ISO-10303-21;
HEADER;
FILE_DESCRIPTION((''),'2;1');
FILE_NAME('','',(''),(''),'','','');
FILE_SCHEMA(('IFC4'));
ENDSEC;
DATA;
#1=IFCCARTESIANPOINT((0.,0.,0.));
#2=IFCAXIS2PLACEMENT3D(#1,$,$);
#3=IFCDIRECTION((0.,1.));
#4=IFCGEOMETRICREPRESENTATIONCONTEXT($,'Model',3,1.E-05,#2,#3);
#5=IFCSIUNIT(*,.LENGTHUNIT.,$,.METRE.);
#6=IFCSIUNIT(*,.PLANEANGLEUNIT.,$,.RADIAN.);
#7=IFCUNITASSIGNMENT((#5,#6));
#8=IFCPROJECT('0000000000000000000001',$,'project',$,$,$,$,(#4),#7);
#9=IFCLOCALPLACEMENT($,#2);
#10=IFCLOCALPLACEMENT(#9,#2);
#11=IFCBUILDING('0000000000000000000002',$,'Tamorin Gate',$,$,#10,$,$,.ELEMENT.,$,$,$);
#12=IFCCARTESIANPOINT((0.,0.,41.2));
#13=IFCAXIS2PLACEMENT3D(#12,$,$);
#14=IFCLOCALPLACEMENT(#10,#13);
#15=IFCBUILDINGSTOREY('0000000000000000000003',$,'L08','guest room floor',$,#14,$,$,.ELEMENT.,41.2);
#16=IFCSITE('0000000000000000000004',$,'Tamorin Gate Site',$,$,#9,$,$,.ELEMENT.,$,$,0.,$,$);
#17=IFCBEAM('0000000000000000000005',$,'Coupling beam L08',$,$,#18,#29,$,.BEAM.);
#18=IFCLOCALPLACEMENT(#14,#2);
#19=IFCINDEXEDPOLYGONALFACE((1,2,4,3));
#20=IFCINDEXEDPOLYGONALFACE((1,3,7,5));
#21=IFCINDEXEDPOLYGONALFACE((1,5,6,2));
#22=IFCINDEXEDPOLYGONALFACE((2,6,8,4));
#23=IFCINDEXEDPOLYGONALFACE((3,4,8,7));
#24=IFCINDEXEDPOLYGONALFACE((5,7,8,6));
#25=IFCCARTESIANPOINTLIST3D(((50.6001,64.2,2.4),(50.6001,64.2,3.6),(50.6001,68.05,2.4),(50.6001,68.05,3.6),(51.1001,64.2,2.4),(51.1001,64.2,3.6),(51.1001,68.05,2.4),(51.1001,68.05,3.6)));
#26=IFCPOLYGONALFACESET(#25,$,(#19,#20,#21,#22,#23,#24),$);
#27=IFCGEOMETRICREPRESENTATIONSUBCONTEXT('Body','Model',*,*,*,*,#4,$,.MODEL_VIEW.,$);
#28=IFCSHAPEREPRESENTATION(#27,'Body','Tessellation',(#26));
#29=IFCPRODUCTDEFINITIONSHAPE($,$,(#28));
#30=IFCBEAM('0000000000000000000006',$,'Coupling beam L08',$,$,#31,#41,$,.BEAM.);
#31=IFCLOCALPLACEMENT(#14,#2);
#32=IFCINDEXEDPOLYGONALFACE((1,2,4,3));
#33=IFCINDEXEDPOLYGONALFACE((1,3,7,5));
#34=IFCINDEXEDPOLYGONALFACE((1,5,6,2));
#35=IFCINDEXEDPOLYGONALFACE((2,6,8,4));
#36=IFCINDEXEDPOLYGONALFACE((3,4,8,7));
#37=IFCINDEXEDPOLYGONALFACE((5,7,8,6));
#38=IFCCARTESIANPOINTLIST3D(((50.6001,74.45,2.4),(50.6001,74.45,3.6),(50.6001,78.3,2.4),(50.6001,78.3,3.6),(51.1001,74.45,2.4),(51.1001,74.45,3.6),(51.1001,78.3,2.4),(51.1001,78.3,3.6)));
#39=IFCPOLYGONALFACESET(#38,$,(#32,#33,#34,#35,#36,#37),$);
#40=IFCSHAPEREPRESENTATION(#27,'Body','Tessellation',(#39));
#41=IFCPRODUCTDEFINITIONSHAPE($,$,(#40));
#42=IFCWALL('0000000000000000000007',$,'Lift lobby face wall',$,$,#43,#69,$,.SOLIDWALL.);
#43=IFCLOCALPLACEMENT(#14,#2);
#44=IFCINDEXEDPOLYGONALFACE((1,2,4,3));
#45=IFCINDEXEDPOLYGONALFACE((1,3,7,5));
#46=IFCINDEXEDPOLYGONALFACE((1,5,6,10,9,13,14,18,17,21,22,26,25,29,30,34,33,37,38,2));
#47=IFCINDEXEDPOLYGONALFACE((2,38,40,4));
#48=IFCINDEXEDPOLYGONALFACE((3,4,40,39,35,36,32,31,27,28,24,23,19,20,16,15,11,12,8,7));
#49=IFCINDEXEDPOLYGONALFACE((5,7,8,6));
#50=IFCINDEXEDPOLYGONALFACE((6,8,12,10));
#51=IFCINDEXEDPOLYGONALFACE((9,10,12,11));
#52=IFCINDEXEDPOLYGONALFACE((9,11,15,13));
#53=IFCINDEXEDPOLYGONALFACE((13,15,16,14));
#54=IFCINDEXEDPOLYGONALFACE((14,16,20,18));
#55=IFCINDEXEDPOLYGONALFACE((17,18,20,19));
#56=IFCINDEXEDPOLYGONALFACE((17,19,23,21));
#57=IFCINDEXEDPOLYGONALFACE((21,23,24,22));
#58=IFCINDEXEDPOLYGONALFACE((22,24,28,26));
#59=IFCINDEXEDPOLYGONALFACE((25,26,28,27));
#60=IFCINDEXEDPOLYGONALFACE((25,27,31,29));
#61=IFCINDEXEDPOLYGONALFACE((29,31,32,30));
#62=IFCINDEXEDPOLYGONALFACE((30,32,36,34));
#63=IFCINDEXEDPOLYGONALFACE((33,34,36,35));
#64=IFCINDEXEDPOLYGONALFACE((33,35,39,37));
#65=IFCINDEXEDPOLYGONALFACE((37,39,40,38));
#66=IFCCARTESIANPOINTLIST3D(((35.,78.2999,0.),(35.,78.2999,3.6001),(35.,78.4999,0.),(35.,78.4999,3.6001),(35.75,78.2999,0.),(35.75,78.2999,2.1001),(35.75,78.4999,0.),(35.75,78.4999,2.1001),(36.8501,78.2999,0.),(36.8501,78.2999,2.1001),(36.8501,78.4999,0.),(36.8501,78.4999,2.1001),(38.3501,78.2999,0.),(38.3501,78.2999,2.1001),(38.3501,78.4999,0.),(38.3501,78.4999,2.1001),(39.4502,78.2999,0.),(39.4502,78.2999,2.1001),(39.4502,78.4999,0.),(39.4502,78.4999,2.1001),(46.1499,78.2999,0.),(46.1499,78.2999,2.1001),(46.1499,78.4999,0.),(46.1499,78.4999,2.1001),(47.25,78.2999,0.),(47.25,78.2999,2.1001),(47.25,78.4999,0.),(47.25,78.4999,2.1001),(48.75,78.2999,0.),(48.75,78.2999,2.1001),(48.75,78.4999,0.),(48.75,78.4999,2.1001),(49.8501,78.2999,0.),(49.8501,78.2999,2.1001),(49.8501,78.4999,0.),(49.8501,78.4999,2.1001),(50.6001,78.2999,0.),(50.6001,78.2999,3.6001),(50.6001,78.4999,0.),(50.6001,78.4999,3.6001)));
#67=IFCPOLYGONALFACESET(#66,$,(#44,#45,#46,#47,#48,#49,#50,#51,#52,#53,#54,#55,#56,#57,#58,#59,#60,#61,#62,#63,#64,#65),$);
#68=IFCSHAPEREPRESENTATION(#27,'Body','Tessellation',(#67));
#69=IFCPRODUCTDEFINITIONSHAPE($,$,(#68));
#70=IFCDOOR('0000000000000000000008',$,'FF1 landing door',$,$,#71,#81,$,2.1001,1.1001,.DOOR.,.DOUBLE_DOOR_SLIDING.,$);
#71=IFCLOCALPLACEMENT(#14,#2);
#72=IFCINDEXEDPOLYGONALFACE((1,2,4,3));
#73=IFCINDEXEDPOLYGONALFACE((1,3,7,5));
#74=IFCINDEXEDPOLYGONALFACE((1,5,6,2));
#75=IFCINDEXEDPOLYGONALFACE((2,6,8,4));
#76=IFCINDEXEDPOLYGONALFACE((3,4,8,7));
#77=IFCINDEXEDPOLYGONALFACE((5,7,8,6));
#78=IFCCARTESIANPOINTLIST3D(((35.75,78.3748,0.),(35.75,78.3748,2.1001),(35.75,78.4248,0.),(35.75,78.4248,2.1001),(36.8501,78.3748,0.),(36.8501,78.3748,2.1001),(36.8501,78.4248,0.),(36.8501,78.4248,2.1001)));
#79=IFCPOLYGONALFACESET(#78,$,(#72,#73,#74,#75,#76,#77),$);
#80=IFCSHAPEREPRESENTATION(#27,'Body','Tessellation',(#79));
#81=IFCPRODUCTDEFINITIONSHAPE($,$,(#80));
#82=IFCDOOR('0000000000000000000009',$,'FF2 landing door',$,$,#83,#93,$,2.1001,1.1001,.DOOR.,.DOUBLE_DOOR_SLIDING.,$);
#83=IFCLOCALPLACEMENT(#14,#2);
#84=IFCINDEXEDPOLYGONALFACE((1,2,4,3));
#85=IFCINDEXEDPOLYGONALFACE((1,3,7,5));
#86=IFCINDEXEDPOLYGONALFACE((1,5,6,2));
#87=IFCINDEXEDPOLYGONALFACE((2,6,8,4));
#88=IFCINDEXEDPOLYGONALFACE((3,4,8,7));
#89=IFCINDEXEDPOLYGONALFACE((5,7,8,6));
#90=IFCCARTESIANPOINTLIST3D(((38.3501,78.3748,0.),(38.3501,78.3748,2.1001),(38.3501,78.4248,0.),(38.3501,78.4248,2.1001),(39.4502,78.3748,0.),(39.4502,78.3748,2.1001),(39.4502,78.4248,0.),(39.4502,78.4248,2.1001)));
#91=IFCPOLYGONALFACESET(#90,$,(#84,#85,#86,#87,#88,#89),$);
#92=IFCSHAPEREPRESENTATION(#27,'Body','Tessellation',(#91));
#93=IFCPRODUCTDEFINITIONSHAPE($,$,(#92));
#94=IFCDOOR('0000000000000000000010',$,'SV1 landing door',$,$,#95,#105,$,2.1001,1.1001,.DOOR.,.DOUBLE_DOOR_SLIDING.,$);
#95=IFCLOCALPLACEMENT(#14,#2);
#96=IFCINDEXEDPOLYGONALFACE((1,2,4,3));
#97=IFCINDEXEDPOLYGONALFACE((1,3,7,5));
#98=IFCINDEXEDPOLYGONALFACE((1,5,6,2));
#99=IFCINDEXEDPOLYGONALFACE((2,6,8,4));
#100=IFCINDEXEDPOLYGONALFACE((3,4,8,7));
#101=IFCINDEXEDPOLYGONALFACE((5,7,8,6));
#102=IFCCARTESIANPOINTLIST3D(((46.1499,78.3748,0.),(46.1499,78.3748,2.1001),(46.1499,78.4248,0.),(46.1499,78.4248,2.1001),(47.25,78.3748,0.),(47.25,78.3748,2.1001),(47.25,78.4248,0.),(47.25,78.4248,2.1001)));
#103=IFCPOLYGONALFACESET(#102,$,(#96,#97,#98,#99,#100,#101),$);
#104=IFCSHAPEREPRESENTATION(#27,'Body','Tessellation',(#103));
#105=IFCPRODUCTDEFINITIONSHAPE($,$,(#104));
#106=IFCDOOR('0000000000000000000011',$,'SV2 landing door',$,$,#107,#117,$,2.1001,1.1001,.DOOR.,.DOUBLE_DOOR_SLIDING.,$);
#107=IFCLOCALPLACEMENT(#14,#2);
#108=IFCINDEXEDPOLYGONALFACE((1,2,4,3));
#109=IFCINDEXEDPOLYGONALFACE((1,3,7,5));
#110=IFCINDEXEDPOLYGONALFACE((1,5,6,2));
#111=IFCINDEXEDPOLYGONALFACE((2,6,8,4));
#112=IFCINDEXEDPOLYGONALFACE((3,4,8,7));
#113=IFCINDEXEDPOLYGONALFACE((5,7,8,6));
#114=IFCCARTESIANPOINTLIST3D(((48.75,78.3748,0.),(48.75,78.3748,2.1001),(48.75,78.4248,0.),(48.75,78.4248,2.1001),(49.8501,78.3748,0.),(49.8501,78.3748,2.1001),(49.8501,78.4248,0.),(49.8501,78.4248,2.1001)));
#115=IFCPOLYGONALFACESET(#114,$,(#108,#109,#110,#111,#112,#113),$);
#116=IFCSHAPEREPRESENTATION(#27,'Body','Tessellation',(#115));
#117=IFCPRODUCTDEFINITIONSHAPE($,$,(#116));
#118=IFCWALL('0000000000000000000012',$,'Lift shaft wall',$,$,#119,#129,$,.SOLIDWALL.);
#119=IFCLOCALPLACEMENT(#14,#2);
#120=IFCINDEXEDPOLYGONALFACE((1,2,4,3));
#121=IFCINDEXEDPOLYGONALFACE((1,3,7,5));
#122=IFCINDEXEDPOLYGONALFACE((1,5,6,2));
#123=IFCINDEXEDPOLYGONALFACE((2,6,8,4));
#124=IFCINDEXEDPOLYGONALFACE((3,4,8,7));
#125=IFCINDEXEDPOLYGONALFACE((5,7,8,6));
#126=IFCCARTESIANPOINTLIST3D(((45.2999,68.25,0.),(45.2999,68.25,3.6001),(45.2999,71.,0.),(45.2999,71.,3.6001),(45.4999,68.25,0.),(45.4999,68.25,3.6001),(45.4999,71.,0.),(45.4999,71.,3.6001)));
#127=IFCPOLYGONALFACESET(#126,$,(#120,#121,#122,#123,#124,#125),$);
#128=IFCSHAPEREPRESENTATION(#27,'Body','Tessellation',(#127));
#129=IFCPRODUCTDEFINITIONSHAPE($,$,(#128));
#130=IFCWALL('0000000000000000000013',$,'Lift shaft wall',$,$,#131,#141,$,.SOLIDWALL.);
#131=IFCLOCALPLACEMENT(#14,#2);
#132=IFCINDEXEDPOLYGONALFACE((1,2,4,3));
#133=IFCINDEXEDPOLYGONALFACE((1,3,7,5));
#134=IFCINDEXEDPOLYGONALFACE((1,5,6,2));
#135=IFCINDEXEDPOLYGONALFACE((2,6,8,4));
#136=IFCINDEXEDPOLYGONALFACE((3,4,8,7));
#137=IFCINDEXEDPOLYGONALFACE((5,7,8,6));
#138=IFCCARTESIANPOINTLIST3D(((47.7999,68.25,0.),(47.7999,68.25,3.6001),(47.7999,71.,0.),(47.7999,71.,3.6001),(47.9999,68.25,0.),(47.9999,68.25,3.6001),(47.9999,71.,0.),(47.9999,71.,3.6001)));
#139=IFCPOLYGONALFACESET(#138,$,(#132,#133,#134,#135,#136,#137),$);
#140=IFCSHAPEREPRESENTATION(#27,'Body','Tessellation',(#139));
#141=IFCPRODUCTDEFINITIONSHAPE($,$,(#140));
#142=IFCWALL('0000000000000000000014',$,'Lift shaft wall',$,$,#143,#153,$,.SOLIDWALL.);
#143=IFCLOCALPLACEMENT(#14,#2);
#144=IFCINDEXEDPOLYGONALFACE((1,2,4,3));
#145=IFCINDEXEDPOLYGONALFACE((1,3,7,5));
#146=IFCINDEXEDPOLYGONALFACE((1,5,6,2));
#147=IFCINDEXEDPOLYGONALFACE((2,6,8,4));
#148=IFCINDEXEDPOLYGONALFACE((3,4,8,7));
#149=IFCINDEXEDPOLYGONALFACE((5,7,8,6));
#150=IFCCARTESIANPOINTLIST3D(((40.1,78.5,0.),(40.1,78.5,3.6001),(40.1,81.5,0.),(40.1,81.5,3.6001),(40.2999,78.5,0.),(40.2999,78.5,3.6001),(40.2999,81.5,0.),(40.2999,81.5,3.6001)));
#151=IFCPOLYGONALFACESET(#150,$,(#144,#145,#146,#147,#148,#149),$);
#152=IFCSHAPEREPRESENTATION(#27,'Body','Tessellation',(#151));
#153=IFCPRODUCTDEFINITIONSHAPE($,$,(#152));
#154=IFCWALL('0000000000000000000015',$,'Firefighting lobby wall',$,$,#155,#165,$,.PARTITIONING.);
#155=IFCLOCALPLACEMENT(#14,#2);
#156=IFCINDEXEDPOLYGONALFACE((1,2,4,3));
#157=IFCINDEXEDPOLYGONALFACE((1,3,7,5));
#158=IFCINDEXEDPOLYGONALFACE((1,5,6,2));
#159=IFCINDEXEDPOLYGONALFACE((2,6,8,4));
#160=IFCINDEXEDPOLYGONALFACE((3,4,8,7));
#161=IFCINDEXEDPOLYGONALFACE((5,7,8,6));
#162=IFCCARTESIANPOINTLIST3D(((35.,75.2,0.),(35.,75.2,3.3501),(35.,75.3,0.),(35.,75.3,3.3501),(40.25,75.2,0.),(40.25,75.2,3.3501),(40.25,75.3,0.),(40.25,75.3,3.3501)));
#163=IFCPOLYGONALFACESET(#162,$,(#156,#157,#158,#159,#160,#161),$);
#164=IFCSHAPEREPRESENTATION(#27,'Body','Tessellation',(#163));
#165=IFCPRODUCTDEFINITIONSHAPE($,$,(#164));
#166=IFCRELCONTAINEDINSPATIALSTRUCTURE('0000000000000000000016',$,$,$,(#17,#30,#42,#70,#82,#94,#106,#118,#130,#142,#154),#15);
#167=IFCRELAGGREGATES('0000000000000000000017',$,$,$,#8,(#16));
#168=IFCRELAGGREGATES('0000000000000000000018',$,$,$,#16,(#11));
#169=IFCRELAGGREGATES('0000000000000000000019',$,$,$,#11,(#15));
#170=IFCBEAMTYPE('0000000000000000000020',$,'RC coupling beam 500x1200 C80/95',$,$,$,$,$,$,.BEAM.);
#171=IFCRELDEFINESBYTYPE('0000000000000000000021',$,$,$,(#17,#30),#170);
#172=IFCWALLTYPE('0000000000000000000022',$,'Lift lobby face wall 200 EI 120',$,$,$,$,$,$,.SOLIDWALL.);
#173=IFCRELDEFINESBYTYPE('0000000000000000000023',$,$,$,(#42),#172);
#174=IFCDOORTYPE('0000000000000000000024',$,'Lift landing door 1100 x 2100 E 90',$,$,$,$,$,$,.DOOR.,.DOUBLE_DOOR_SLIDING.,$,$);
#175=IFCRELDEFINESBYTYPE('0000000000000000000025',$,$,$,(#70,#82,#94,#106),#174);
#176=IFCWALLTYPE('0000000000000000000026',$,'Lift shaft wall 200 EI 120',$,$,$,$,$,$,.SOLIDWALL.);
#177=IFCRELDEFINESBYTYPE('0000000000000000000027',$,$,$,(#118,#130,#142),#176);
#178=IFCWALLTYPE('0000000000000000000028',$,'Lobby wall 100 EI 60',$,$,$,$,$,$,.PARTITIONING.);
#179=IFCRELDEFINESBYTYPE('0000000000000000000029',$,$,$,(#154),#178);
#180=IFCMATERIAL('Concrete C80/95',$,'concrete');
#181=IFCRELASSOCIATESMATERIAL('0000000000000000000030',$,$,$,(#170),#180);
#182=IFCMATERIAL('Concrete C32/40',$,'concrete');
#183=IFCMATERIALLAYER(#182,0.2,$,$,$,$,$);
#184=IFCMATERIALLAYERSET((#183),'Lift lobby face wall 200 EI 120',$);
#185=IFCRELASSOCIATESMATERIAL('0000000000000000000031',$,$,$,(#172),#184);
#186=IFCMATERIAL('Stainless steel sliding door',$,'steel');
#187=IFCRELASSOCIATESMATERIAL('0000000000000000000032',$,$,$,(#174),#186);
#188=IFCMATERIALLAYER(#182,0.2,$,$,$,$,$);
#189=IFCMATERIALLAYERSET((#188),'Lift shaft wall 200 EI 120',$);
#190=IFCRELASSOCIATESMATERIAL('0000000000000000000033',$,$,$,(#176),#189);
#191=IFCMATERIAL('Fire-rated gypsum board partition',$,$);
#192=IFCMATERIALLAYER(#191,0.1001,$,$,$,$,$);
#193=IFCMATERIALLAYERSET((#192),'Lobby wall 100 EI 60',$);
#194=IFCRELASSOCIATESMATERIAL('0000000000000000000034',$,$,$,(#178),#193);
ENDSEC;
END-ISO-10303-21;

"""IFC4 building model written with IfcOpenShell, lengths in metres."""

from ifc_helpers import new_model, si_unit, direction, frame, frame_2d, origin, origin_2d, place, context, subcontext, project, spatial, rectangle, extrude, material, layer, layer_set, material_profile, profile_set, type_object, element, fill, save


model = new_model("IFC4")

# Units and contexts
model_context = context("Model", 3, precision=1e-05, world=origin(), true_north=direction((0.0, 1.0)))
body_context = subcontext(model_context, "Body", "Model", "MODEL_VIEW")
ifc_project = project(units=[si_unit("LENGTHUNIT", "METRE"), si_unit("PLANEANGLEUNIT", "RADIAN")], contexts=[model_context])

# Site, building, storey
site_placement = place(None, origin())
site = spatial("IfcSite", under=ifc_project, at=site_placement, Name="Tamorin Gate Site", CompositionType="ELEMENT", RefElevation=0.0)
building_placement = place(site_placement, origin())
building = spatial("IfcBuilding", under=site, at=building_placement, Name="Tamorin Gate", CompositionType="ELEMENT")
storey_placement = place(building_placement, frame((0.0, 0.0, 41.2)))
storey = spatial("IfcBuildingStorey", under=building, at=storey_placement, Name="L08", Description="guest room floor", CompositionType="ELEMENT", Elevation=41.2)

# Beams
ifc_material_1 = material(Name="Concrete C80/95", Category="concrete")
ifc_material_profile = material_profile(ifc_material_1, rectangle(XDim=0.5, YDim=1.2, at=origin_2d()), Name="RC 500x1200")
ifc_profile_set = profile_set([ifc_material_profile], Name="Concrete C80/95")
beam_type = type_object("IfcBeamType", Name="RC coupling beam 500x1200 C80/95", PredefinedType="BEAM", material=ifc_profile_set)
for number, where, z_axis, x_axis, name in (
    (1, (50.8501, 64.2, 3.0), (0.0, 1.0, 0.0), (-1.0, 0.0, 0.0), "Coupling beam L08"),
    (2, (50.8501, 74.45, 3.0), (0.0, 1.0, 0.0), (-1.0, 0.0, 0.0), "Coupling beam L08"),
):
    element("IfcBeam", number, at=place(storey_placement, frame(where, z_axis=z_axis, x_axis=x_axis)), inside=storey, type_object=beam_type, Name=name, PredefinedType="BEAM", context=body_context, shape_type="SweptSolid", body=[
        extrude(rectangle(XDim=0.5, YDim=1.2, at=origin_2d()), origin(), (0.0, 0.0, 1.0), 3.8501),
    ])

# Wall, openings, doors
ifc_material_2 = material(Name="Concrete C32/40", Category="concrete")
ifc_layer_1 = layer(ifc_material_2, 0.2)
ifc_layer_set_1 = layer_set([ifc_layer_1], Name="Lift lobby face wall 200 EI 120")
wall_type_1 = type_object("IfcWallType", Name="Lift lobby face wall 200 EI 120", PredefinedType="SOLIDWALL", material=ifc_layer_set_1)
wall_1_placement = place(storey_placement, frame((35.0, 78.3999, 0.0), z_axis=(0.0, 0.0, 1.0), x_axis=(1.0, 0.0, 0.0)))
wall_1 = element("IfcWall", 3, at=wall_1_placement, inside=storey, type_object=wall_type_1, Name="Lift lobby face wall", PredefinedType="SOLIDWALL", context=body_context, shape_type="SweptSolid", body=[
    extrude(rectangle(XDim=15.6001, YDim=0.2, at=frame_2d((7.8, 0.0))), origin(), (0.0, 0.0, 1.0), 3.6001),
])
opening_1_placement = place(wall_1_placement, frame((0.75, 0.0, 0.0)))
opening_1 = element("IfcOpeningElement", 4, at=opening_1_placement, cuts=wall_1, PredefinedType="OPENING", context=body_context, shape_type="SweptSolid", body=[
    extrude(rectangle(XDim=1.1001, YDim=2.1001, at=frame_2d((0.55, 1.05))), frame((0.0, 0.1099, 0.0), z_axis=(0.0, -1.0, 0.0), x_axis=(1.0, 0.0, 0.0)), (0.0, 0.0, 1.0), 0.22),
])
opening_2_placement = place(wall_1_placement, frame((3.3501, 0.0, 0.0)))
opening_2 = element("IfcOpeningElement", 5, at=opening_2_placement, cuts=wall_1, PredefinedType="OPENING", context=body_context, shape_type="SweptSolid", body=[
    extrude(rectangle(XDim=1.1001, YDim=2.1001, at=frame_2d((0.55, 1.05))), frame((0.0, 0.1099, 0.0), z_axis=(0.0, -1.0, 0.0), x_axis=(1.0, 0.0, 0.0)), (0.0, 0.0, 1.0), 0.22),
])
opening_3_placement = place(wall_1_placement, frame((11.1499, 0.0, 0.0)))
opening_3 = element("IfcOpeningElement", 6, at=opening_3_placement, cuts=wall_1, PredefinedType="OPENING", context=body_context, shape_type="SweptSolid", body=[
    extrude(rectangle(XDim=1.1001, YDim=2.1001, at=frame_2d((0.55, 1.05))), frame((0.0, 0.1099, 0.0), z_axis=(0.0, -1.0, 0.0), x_axis=(1.0, 0.0, 0.0)), (0.0, 0.0, 1.0), 0.22),
])
opening_4_placement = place(wall_1_placement, frame((13.75, 0.0, 0.0)))
opening_4 = element("IfcOpeningElement", 7, at=opening_4_placement, cuts=wall_1, PredefinedType="OPENING", context=body_context, shape_type="SweptSolid", body=[
    extrude(rectangle(XDim=1.1001, YDim=2.1001, at=frame_2d((0.55, 1.05))), frame((0.0, 0.1099, 0.0), z_axis=(0.0, -1.0, 0.0), x_axis=(1.0, 0.0, 0.0)), (0.0, 0.0, 1.0), 0.22),
])
ifc_material_3 = material(Name="Stainless steel sliding door", Category="steel")
door_type_1 = type_object("IfcDoorType", Name="Lift landing door 1100 x 2100 E 90", OperationType="DOUBLE_DOOR_SLIDING", PredefinedType="DOOR", material=ifc_material_3)
door_1_placement = place(opening_1_placement, origin())
door_1 = element("IfcDoor", 8, at=door_1_placement, inside=storey, type_object=door_type_1, Name="FF1 landing door", OperationType="DOUBLE_DOOR_SLIDING", OverallHeight=2.1001, OverallWidth=1.1001, PredefinedType="DOOR", context=body_context, shape_type="SweptSolid", body=[
    extrude(rectangle(XDim=1.1001, YDim=2.1001, at=frame_2d((0.55, 1.05))), frame((0.0, 0.0249, 0.0), z_axis=(0.0, -1.0, 0.0), x_axis=(1.0, 0.0, 0.0)), (0.0, 0.0, 1.0), 0.05),
])
fill(opening_1, door_1)
door_2_placement = place(opening_2_placement, origin())
door_2 = element("IfcDoor", 9, at=door_2_placement, inside=storey, type_object=door_type_1, Name="FF2 landing door", OperationType="DOUBLE_DOOR_SLIDING", OverallHeight=2.1001, OverallWidth=1.1001, PredefinedType="DOOR", context=body_context, shape_type="SweptSolid", body=[
    extrude(rectangle(XDim=1.1001, YDim=2.1001, at=frame_2d((0.55, 1.05))), frame((0.0, 0.0249, 0.0), z_axis=(0.0, -1.0, 0.0), x_axis=(1.0, 0.0, 0.0)), (0.0, 0.0, 1.0), 0.05),
])
fill(opening_2, door_2)
door_3_placement = place(opening_3_placement, origin())
door_3 = element("IfcDoor", 10, at=door_3_placement, inside=storey, type_object=door_type_1, Name="SV1 landing door", OperationType="DOUBLE_DOOR_SLIDING", OverallHeight=2.1001, OverallWidth=1.1001, PredefinedType="DOOR", context=body_context, shape_type="SweptSolid", body=[
    extrude(rectangle(XDim=1.1001, YDim=2.1001, at=frame_2d((0.55, 1.05))), frame((0.0, 0.0249, 0.0), z_axis=(0.0, -1.0, 0.0), x_axis=(1.0, 0.0, 0.0)), (0.0, 0.0, 1.0), 0.05),
])
fill(opening_3, door_3)
door_4_placement = place(opening_4_placement, origin())
door_4 = element("IfcDoor", 11, at=door_4_placement, inside=storey, type_object=door_type_1, Name="SV2 landing door", OperationType="DOUBLE_DOOR_SLIDING", OverallHeight=2.1001, OverallWidth=1.1001, PredefinedType="DOOR", context=body_context, shape_type="SweptSolid", body=[
    extrude(rectangle(XDim=1.1001, YDim=2.1001, at=frame_2d((0.55, 1.05))), frame((0.0, 0.0249, 0.0), z_axis=(0.0, -1.0, 0.0), x_axis=(1.0, 0.0, 0.0)), (0.0, 0.0, 1.0), 0.05),
])
fill(opening_4, door_4)

# Walls
ifc_layer_2 = layer(ifc_material_2, 0.2)
ifc_layer_set_2 = layer_set([ifc_layer_2], Name="Lift shaft wall 200 EI 120")
wall_type_2 = type_object("IfcWallType", Name="Lift shaft wall 200 EI 120", PredefinedType="SOLIDWALL", material=ifc_layer_set_2)
for number, where, z_axis, x_axis, name in (
    (12, (45.3999, 68.25, 0.0), (0.0, 0.0, 1.0), (0.0, 1.0, 0.0), "Lift shaft wall"),
    (13, (47.8999, 68.25, 0.0), (0.0, 0.0, 1.0), (0.0, 1.0, 0.0), "Lift shaft wall"),
):
    element("IfcWall", number, at=place(storey_placement, frame(where, z_axis=z_axis, x_axis=x_axis)), inside=storey, type_object=wall_type_2, Name=name, PredefinedType="SOLIDWALL", context=body_context, shape_type="SweptSolid", body=[
        extrude(rectangle(XDim=2.75, YDim=0.2, at=frame_2d((1.375, 0.0))), origin(), (0.0, 0.0, 1.0), 3.6001),
    ])
wall_2_placement = place(storey_placement, frame((40.2, 78.5, 0.0), z_axis=(0.0, 0.0, 1.0), x_axis=(0.0, 1.0, 0.0)))
element("IfcWall", 14, at=wall_2_placement, inside=storey, type_object=wall_type_2, Name="Lift shaft wall", PredefinedType="SOLIDWALL", context=body_context, shape_type="SweptSolid", body=[
    extrude(rectangle(XDim=3.0, YDim=0.2, at=frame_2d((1.5, 0.0))), origin(), (0.0, 0.0, 1.0), 3.6001),
])
ifc_material_4 = material(Name="Fire-rated gypsum board partition")
ifc_layer_3 = layer(ifc_material_4, 0.1001)
ifc_layer_set_3 = layer_set([ifc_layer_3], Name="Lobby wall 100 EI 60")
wall_type_3 = type_object("IfcWallType", Name="Lobby wall 100 EI 60", PredefinedType="PARTITIONING", material=ifc_layer_set_3)
wall_3_placement = place(storey_placement, frame((35.0, 75.25, 0.0), z_axis=(0.0, 0.0, 1.0), x_axis=(1.0, 0.0, 0.0)))
element("IfcWall", 15, at=wall_3_placement, inside=storey, type_object=wall_type_3, Name="Firefighting lobby wall", PredefinedType="PARTITIONING", context=body_context, shape_type="SweptSolid", body=[
    extrude(rectangle(XDim=5.25, YDim=0.1001, at=frame_2d((2.625, 0.0))), origin(), (0.0, 0.0, 1.0), 3.3501),
])

save(model, "model.ifc")
